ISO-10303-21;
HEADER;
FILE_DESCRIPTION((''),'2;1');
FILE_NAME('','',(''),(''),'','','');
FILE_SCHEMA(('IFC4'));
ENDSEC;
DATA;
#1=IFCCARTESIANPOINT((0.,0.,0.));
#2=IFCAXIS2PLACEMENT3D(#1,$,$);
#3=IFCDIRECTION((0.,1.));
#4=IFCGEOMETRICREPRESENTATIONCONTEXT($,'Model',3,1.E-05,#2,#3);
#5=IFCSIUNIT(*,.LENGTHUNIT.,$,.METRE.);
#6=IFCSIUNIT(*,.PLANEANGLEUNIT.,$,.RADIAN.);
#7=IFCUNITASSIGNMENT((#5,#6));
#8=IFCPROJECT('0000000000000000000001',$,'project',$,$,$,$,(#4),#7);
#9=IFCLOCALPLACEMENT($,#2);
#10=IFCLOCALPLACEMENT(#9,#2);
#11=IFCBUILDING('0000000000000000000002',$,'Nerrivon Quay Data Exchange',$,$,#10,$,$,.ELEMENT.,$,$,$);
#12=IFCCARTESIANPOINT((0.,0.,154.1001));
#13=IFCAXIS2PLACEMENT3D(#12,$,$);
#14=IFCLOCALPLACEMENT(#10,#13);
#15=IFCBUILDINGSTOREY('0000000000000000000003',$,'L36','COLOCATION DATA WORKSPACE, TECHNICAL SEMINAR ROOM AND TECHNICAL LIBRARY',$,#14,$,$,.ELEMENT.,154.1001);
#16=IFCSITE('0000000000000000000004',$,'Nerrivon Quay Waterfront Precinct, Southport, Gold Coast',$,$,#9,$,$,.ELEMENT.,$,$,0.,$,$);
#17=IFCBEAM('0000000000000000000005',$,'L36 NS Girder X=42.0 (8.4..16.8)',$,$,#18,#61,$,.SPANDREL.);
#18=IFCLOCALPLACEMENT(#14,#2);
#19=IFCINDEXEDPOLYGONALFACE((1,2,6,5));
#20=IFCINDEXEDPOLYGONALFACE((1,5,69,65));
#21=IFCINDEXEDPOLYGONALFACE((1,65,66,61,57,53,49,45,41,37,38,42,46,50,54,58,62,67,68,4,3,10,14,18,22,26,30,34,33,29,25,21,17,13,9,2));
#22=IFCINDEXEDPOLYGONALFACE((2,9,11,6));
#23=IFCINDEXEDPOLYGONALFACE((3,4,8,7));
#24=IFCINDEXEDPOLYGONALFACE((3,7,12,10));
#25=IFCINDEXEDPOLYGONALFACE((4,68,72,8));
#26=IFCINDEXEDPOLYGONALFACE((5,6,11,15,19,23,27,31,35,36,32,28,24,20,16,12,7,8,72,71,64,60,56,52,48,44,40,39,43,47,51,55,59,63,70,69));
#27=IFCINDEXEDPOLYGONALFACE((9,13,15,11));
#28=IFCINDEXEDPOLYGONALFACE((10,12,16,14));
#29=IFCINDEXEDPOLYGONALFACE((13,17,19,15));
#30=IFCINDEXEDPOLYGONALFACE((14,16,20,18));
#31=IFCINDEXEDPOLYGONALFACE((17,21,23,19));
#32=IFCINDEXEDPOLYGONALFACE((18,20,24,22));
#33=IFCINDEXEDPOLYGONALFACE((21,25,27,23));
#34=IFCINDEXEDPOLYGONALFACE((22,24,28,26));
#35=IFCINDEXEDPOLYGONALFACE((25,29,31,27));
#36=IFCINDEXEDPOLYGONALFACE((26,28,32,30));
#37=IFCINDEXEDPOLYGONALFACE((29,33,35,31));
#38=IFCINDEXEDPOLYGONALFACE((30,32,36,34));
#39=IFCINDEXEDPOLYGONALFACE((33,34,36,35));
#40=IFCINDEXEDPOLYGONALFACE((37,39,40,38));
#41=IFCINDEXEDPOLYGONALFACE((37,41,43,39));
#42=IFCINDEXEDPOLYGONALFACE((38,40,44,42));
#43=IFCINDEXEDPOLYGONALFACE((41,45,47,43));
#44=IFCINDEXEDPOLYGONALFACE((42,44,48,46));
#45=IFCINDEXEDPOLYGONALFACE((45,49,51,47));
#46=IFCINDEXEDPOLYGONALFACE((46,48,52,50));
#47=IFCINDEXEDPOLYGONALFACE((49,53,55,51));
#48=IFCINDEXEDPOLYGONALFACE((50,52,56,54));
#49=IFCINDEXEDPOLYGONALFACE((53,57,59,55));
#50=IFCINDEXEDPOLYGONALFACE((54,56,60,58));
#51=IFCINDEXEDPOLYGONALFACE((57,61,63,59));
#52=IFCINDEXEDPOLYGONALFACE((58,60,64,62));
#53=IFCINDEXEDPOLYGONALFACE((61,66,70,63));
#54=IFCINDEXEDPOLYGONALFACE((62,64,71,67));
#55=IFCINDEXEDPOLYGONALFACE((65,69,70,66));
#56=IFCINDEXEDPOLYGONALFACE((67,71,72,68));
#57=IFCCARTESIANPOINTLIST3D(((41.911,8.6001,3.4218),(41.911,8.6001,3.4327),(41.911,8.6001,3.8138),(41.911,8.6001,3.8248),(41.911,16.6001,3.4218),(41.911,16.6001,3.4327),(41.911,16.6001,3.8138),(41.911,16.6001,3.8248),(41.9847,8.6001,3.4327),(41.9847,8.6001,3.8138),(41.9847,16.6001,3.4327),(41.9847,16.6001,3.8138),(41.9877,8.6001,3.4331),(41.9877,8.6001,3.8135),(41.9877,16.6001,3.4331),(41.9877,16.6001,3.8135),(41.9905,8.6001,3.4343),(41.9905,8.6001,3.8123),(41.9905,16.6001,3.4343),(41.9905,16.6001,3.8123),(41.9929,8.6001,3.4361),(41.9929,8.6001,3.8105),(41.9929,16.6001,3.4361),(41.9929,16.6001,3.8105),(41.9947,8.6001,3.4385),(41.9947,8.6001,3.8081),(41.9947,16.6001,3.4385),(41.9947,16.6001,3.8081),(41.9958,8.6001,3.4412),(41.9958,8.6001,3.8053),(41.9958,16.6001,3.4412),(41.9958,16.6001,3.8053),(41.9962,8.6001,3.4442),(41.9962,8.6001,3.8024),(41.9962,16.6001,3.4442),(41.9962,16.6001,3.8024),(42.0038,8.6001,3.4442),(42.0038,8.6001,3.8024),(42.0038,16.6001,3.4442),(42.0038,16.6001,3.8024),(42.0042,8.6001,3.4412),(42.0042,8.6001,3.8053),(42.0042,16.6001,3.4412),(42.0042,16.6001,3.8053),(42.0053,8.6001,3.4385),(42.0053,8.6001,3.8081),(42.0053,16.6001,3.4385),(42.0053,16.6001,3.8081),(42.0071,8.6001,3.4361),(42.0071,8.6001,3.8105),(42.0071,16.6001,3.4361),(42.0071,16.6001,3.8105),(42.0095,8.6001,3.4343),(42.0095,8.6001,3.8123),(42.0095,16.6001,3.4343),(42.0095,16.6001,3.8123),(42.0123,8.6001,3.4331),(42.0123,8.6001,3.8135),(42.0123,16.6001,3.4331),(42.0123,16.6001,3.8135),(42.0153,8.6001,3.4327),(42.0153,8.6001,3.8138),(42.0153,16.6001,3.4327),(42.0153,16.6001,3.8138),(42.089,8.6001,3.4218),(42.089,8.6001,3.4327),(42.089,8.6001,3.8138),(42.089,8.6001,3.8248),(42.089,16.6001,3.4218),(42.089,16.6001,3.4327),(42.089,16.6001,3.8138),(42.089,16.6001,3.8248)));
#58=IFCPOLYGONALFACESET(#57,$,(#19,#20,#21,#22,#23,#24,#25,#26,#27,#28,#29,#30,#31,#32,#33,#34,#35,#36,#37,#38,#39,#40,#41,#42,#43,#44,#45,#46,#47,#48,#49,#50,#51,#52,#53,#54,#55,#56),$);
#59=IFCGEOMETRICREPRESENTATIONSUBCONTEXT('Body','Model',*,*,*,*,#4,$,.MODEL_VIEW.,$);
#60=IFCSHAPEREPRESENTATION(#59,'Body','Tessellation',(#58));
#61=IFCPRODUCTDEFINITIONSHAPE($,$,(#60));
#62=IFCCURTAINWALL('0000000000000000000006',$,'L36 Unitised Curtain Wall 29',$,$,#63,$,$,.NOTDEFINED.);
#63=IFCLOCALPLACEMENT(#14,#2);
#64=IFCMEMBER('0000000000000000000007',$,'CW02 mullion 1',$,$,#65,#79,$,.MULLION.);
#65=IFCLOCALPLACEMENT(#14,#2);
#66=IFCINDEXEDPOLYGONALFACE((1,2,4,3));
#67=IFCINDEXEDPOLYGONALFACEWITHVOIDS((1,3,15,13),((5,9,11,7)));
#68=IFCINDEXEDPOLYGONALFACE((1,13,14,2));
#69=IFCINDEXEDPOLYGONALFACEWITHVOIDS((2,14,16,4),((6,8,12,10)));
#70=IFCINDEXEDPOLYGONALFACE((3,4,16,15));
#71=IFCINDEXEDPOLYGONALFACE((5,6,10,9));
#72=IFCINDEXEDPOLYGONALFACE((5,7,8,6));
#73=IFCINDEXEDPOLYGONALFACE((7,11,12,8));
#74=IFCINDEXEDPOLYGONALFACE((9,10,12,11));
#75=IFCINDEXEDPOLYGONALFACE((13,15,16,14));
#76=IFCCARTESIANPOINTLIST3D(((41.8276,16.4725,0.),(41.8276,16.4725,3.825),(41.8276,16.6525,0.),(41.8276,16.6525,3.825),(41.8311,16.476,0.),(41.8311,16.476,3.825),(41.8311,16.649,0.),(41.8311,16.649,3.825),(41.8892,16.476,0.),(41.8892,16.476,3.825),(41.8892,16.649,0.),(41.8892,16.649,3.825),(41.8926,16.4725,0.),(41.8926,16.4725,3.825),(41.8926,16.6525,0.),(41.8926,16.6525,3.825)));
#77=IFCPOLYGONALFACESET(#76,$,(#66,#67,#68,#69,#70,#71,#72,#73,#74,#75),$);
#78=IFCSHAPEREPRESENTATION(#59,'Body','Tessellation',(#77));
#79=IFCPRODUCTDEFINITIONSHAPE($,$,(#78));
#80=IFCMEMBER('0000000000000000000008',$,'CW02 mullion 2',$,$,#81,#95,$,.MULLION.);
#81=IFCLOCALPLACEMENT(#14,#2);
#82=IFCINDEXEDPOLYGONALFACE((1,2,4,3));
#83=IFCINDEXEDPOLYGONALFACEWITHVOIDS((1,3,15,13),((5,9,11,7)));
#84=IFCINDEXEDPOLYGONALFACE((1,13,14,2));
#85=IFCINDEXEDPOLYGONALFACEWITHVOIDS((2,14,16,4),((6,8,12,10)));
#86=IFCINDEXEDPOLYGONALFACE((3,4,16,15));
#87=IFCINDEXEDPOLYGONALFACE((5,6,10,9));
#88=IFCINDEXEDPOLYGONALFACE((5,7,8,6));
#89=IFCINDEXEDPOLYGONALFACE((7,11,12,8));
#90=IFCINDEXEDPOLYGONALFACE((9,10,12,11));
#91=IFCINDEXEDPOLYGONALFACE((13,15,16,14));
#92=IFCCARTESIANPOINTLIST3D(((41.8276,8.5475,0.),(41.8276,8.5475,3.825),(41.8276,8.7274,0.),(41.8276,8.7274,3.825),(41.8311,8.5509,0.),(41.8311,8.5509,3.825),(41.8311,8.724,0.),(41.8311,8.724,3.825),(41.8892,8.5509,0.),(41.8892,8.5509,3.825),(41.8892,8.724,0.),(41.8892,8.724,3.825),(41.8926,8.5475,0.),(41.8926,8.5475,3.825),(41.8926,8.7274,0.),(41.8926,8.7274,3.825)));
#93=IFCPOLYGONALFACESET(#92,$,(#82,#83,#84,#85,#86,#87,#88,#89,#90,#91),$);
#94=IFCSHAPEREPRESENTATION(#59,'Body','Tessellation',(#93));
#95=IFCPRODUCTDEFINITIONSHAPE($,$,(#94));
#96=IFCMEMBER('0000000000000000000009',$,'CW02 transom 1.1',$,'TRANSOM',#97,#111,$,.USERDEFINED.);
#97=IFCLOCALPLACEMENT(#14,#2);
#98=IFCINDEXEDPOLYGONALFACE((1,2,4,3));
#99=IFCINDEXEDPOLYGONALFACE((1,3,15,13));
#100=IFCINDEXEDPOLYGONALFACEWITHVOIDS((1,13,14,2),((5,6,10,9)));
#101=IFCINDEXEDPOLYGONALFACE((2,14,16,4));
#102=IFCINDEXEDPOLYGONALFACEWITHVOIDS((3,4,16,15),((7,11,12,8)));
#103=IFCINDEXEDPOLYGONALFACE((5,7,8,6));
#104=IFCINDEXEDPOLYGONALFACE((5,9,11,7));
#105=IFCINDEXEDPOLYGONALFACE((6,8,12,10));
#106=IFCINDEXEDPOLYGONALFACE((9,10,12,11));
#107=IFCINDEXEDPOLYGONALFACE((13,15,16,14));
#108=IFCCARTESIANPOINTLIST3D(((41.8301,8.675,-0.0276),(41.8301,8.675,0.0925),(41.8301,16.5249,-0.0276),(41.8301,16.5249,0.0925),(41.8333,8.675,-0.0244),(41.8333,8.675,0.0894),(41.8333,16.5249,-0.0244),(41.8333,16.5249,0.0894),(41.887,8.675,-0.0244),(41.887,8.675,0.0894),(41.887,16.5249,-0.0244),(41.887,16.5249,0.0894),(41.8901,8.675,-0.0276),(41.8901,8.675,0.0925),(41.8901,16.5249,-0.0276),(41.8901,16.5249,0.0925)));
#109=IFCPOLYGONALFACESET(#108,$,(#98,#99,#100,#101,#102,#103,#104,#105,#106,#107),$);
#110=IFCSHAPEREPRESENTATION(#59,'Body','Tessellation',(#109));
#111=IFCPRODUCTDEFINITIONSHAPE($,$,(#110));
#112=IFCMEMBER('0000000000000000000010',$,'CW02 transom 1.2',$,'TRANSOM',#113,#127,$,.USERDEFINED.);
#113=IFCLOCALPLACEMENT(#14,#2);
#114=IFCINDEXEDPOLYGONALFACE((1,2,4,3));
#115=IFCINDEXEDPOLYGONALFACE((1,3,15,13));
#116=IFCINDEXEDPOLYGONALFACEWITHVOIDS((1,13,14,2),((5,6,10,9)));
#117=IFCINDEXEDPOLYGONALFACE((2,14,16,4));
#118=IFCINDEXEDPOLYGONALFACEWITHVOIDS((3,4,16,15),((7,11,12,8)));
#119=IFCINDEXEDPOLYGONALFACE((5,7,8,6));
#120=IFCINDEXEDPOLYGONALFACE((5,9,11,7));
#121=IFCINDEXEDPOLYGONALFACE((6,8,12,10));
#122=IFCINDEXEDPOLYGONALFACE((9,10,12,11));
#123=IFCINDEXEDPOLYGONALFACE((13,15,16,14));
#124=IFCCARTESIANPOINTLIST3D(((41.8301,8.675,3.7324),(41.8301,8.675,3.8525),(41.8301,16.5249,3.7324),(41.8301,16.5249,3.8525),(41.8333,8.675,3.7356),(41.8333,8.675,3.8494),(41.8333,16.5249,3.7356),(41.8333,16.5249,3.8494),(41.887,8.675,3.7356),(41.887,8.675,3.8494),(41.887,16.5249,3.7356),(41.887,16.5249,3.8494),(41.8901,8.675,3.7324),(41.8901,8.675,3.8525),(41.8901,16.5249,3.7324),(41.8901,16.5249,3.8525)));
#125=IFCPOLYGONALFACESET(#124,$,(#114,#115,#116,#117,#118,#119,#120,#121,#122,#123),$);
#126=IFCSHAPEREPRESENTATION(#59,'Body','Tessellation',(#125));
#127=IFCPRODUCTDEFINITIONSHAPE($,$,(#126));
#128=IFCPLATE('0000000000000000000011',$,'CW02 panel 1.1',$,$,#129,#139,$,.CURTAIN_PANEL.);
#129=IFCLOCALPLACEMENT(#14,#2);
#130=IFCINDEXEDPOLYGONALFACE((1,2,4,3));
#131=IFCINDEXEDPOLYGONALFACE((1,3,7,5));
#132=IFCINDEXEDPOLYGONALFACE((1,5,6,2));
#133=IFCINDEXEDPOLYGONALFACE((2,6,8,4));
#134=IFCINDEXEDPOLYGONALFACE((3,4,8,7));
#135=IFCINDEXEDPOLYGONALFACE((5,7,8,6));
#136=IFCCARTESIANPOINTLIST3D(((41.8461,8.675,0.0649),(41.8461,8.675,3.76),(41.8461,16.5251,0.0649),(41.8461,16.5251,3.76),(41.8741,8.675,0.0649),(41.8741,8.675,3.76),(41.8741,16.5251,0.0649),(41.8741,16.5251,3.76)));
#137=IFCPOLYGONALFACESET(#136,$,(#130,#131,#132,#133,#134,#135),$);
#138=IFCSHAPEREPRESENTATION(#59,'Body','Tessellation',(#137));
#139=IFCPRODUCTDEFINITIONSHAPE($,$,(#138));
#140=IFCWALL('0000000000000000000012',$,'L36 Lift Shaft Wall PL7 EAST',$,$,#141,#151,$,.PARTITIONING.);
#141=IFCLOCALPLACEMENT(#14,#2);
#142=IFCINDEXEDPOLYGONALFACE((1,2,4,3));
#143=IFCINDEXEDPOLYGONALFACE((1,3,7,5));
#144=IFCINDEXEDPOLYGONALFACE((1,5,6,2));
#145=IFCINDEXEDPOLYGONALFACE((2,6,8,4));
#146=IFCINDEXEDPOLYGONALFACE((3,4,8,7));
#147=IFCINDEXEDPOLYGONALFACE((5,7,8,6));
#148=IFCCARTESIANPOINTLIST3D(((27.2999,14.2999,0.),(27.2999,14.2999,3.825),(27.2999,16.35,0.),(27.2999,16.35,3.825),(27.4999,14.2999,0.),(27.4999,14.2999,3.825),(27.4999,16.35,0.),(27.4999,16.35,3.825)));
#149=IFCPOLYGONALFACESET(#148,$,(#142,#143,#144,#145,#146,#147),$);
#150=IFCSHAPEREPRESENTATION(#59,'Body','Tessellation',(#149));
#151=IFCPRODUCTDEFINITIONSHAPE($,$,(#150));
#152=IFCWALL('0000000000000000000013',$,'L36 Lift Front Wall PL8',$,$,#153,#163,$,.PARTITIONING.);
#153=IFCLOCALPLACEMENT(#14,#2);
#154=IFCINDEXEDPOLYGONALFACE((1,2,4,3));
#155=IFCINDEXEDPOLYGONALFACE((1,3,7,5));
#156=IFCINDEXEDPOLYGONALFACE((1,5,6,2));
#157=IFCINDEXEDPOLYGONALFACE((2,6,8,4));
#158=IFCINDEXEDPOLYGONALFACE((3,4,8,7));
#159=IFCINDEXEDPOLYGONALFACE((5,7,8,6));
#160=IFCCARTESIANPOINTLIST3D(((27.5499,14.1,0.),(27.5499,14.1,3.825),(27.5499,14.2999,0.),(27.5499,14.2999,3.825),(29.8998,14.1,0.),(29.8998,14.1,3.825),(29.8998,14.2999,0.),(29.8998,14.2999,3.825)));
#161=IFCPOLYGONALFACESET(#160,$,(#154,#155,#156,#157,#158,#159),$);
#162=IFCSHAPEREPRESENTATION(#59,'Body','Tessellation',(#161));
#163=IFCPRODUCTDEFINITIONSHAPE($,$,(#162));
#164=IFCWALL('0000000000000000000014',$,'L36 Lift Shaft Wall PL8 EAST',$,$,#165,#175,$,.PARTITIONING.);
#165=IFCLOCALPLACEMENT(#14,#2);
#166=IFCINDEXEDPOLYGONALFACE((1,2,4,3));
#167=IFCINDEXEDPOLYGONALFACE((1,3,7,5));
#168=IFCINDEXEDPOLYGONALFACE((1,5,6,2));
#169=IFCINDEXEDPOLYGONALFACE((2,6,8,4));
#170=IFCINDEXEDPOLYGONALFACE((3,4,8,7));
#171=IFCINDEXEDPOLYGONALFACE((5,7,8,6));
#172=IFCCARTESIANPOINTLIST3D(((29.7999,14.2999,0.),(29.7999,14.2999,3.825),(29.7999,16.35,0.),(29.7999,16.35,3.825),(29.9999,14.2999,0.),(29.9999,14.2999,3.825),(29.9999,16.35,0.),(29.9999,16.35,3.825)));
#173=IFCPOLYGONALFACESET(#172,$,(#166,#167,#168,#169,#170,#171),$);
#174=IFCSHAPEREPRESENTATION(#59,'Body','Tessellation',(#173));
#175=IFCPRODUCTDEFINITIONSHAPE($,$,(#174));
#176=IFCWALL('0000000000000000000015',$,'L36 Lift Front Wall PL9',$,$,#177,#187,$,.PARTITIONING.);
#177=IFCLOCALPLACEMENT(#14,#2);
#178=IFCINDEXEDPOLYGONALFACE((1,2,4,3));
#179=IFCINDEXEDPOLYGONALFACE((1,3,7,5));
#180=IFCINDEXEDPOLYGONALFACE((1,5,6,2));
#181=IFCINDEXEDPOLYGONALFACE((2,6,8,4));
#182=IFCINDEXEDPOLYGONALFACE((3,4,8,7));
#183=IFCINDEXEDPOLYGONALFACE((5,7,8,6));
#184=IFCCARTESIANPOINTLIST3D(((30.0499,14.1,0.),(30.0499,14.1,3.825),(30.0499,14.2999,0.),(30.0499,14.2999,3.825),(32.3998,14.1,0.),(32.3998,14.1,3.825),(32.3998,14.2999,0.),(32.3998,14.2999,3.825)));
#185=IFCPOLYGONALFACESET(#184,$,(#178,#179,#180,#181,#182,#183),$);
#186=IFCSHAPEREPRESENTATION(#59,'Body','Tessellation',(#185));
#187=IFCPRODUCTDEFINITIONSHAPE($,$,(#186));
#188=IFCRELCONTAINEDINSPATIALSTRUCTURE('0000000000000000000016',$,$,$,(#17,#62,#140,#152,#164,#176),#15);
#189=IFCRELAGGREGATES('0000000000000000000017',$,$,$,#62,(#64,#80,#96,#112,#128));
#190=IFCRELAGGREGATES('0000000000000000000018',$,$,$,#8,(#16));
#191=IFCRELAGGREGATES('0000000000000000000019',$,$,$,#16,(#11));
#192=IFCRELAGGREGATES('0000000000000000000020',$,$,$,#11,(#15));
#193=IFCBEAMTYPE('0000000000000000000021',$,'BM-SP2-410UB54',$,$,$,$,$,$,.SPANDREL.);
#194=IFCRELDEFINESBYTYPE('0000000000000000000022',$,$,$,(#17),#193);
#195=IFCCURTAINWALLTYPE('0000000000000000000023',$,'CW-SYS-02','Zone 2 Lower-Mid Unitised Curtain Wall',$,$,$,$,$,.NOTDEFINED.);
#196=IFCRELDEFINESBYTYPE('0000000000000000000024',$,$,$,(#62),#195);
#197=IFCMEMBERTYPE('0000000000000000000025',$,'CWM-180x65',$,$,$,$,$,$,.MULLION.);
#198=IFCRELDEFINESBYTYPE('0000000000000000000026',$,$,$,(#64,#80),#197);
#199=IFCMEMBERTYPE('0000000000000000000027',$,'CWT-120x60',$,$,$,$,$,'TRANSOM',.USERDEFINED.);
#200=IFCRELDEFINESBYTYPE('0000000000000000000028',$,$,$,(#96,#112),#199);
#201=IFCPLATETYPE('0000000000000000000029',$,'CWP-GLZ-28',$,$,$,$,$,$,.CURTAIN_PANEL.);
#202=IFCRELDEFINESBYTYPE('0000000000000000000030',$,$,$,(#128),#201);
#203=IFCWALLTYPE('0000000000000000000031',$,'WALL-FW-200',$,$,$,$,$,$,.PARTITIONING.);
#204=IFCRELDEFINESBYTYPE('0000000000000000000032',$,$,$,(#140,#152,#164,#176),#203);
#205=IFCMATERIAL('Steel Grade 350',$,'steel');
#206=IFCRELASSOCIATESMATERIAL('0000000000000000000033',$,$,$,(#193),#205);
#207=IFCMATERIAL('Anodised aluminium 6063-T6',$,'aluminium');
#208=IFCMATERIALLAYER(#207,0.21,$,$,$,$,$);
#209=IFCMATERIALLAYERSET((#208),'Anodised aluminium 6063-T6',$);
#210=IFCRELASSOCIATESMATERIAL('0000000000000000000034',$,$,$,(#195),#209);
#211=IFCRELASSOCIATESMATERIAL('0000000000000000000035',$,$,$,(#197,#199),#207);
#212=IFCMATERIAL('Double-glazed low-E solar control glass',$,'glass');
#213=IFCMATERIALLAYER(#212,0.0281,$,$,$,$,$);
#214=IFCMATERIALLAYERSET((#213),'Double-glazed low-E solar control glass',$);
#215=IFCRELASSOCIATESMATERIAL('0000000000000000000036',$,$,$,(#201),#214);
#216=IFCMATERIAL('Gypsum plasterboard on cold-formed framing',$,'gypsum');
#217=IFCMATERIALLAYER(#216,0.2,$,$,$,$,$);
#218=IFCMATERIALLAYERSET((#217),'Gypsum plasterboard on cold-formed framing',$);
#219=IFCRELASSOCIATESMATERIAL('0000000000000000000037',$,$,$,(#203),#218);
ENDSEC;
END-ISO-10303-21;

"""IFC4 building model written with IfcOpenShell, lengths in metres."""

from ifc_helpers import new_model, si_unit, direction, frame, frame_2d, origin, origin_2d, place, context, subcontext, project, spatial, rectangle, hollow_rectangle, i_section, extrude, material, layer, layer_set, material_profile, profile_set, type_object, element, aggregate, save


model = new_model("IFC4")

# Units and contexts
model_context = context("Model", 3, precision=1e-05, world=origin(), true_north=direction((0.0, 1.0)))
body_context = subcontext(model_context, "Body", "Model", "MODEL_VIEW")
ifc_project = project(units=[si_unit("LENGTHUNIT", "METRE"), si_unit("PLANEANGLEUNIT", "RADIAN")], contexts=[model_context])

# Site, building, storey
site_placement = place(None, origin())
site = spatial("IfcSite", under=ifc_project, at=site_placement, Name="Nerrivon Quay Waterfront Precinct, Southport, Gold Coast", CompositionType="ELEMENT", RefElevation=0.0)
building_placement = place(site_placement, origin())
building = spatial("IfcBuilding", under=site, at=building_placement, Name="Nerrivon Quay Data Exchange", CompositionType="ELEMENT")
storey_placement = place(building_placement, frame((0.0, 0.0, 154.1001)))
storey = spatial("IfcBuildingStorey", under=building, at=storey_placement, Name="L36", Description="COLOCATION DATA WORKSPACE, TECHNICAL SEMINAR ROOM AND TECHNICAL LIBRARY", CompositionType="ELEMENT", Elevation=154.1001)

# Shared definitions
ifc_material_1 = material(Name="Steel Grade 350", Category="steel")

# Beam
ifc_material_profile_1 = material_profile(ifc_material_1, i_section(OverallWidth=0.178, OverallDepth=0.4031, WebThickness=0.0076, FlangeThickness=0.011, FilletRadius=0.0115, at=origin_2d()), Name="410UB53.7")
ifc_profile_set_1 = profile_set([ifc_material_profile_1], Name="Steel Grade 350")
beam_type_1 = type_object("IfcBeamType", Name="BM-SP2-410UB54", PredefinedType="SPANDREL", material=ifc_profile_set_1)
beam_1_placement = place(storey_placement, frame((42.0, 8.6001, 3.6233), z_axis=(0.0, 1.0, 0.0), x_axis=(-1.0, 0.0, 0.0)))
element("IfcBeam", 1, at=beam_1_placement, inside=storey, type_object=beam_type_1, Name="L36 NS Girder X=42.0 (8.4..16.8)", PredefinedType="SPANDREL", context=body_context, shape_type="SweptSolid", body=[
    extrude(i_section(OverallWidth=0.178, OverallDepth=0.4031, WebThickness=0.0076, FlangeThickness=0.011, FilletRadius=0.0115, at=origin_2d()), origin(), (0.0, 0.0, 1.0), 8.0),
])

# Curtain wall, members, plate
ifc_material_2 = material(Name="Anodised aluminium 6063-T6", Category="aluminium")
ifc_layer_1 = layer(ifc_material_2, 0.21)
ifc_layer_set_1 = layer_set([ifc_layer_1], Name="Anodised aluminium 6063-T6")
curtain_wall_type = type_object("IfcCurtainWallType", Name="CW-SYS-02", Description="Zone 2 Lower-Mid Unitised Curtain Wall", PredefinedType="NOTDEFINED", material=ifc_layer_set_1)
curtain_wall_placement = place(storey_placement, origin())
curtain_wall = element("IfcCurtainWall", 2, at=curtain_wall_placement, inside=storey, type_object=curtain_wall_type, Name="L36 Unitised Curtain Wall 29", PredefinedType="NOTDEFINED")
ifc_material_profile_2 = material_profile(ifc_material_2, hollow_rectangle(XDim=0.0649, YDim=0.1799, WallThickness=0.0034, at=origin_2d()), Name="ALU-MULL-180x65")
ifc_profile_set_2 = profile_set([ifc_material_profile_2], Name="Anodised aluminium 6063-T6")
member_type_1 = type_object("IfcMemberType", Name="CWM-180x65", PredefinedType="MULLION", material=ifc_profile_set_2)
member_1_placement = place(storey_placement, frame((41.8601, 16.5625, 0.0), z_axis=(0.0, 0.0, 1.0), x_axis=(1.0, 0.0, 0.0)))
member_1 = element("IfcMember", 3, at=member_1_placement, type_object=member_type_1, Name="CW02 mullion 1", PredefinedType="MULLION", context=body_context, shape_type="SweptSolid", body=[
    extrude(hollow_rectangle(XDim=0.0649, YDim=0.1799, WallThickness=0.0034, at=origin_2d()), origin(), (0.0, 0.0, 1.0), 3.825),
])
member_2_placement = place(storey_placement, frame((41.8601, 8.6375, 0.0), z_axis=(0.0, 0.0, 1.0), x_axis=(1.0, 0.0, 0.0)))
member_2 = element("IfcMember", 4, at=member_2_placement, type_object=member_type_1, Name="CW02 mullion 2", PredefinedType="MULLION", context=body_context, shape_type="SweptSolid", body=[
    extrude(hollow_rectangle(XDim=0.0649, YDim=0.1799, WallThickness=0.0034, at=origin_2d()), origin(), (0.0, 0.0, 1.0), 3.825),
])
ifc_material_profile_3 = material_profile(ifc_material_2, hollow_rectangle(XDim=0.0601, YDim=0.1201, WallThickness=0.0032, at=origin_2d()), Name="ALU-TRAN-120x60")
ifc_profile_set_3 = profile_set([ifc_material_profile_3], Name="Anodised aluminium 6063-T6")
member_type_2 = type_object("IfcMemberType", Name="CWT-120x60", ElementType="TRANSOM", PredefinedType="USERDEFINED", material=ifc_profile_set_3)
member_3_placement = place(storey_placement, frame((41.8601, 16.5249, 0.0325), z_axis=(0.0, -1.0, 0.0), x_axis=(1.0, 0.0, 0.0)))
member_3 = element("IfcMember", 5, at=member_3_placement, type_object=member_type_2, Name="CW02 transom 1.1", ObjectType="TRANSOM", PredefinedType="USERDEFINED", context=body_context, shape_type="SweptSolid", body=[
    extrude(hollow_rectangle(XDim=0.0601, YDim=0.1201, WallThickness=0.0032, at=origin_2d()), origin(), (0.0, 0.0, 1.0), 7.8499),
])
member_4_placement = place(storey_placement, frame((41.8601, 16.5249, 3.7925), z_axis=(0.0, -1.0, 0.0), x_axis=(1.0, 0.0, 0.0)))
member_4 = element("IfcMember", 6, at=member_4_placement, type_object=member_type_2, Name="CW02 transom 1.2", ObjectType="TRANSOM", PredefinedType="USERDEFINED", context=body_context, shape_type="SweptSolid", body=[
    extrude(hollow_rectangle(XDim=0.0601, YDim=0.1201, WallThickness=0.0032, at=origin_2d()), origin(), (0.0, 0.0, 1.0), 7.8499),
])
ifc_material_3 = material(Name="Double-glazed low-E solar control glass", Category="glass")
ifc_layer_2 = layer(ifc_material_3, 0.0281)
ifc_layer_set_2 = layer_set([ifc_layer_2], Name="Double-glazed low-E solar control glass")
plate_type = type_object("IfcPlateType", Name="CWP-GLZ-28", PredefinedType="CURTAIN_PANEL", material=ifc_layer_set_2)
plate_placement = place(storey_placement, frame((41.8601, 12.6001, 0.0649), z_axis=(0.0, 0.0, 1.0), x_axis=(0.0, -1.0, 0.0)))
plate = element("IfcPlate", 7, at=plate_placement, type_object=plate_type, Name="CW02 panel 1.1", PredefinedType="CURTAIN_PANEL", context=body_context, shape_type="SweptSolid", body=[
    extrude(rectangle(XDim=7.8501, YDim=0.0281, at=origin_2d()), origin(), (0.0, 0.0, 1.0), 3.6951),
])
aggregate(curtain_wall, [member_1, member_2, member_3, member_4, plate])

# Walls
ifc_material_4 = material(Name="Gypsum plasterboard on cold-formed framing", Category="gypsum")
ifc_layer_3 = layer(ifc_material_4, 0.2)
ifc_layer_set_3 = layer_set([ifc_layer_3], Name="Gypsum plasterboard on cold-formed framing")
wall_type_1 = type_object("IfcWallType", Name="WALL-FW-200", PredefinedType="PARTITIONING", material=ifc_layer_set_3)
wall_1_placement = place(storey_placement, frame((27.3999, 14.3, 0.0), z_axis=(0.0, 0.0, 1.0), x_axis=(0.0, 1.0, 0.0)))
element("IfcWall", 8, at=wall_1_placement, inside=storey, type_object=wall_type_1, Name="L36 Lift Shaft Wall PL7 EAST", PredefinedType="PARTITIONING", context=body_context, shape_type="SweptSolid", body=[
    extrude(rectangle(XDim=2.05, YDim=0.2, at=frame_2d((1.0249, 0.0))), origin(), (0.0, 0.0, 1.0), 3.825),
])
wall_2_placement = place(storey_placement, frame((27.55, 14.2, 0.0), z_axis=(0.0, 0.0, 1.0), x_axis=(1.0, 0.0, 0.0)))
element("IfcWall", 9, at=wall_2_placement, inside=storey, type_object=wall_type_1, Name="L36 Lift Front Wall PL8", PredefinedType="PARTITIONING", context=body_context, shape_type="SweptSolid", body=[
    extrude(rectangle(XDim=2.3499, YDim=0.2, at=frame_2d((1.1748, 0.0))), origin(), (0.0, 0.0, 1.0), 3.825),
])
wall_3_placement = place(storey_placement, frame((29.8999, 14.3, 0.0), z_axis=(0.0, 0.0, 1.0), x_axis=(0.0, 1.0, 0.0)))
element("IfcWall", 10, at=wall_3_placement, inside=storey, type_object=wall_type_1, Name="L36 Lift Shaft Wall PL8 EAST", PredefinedType="PARTITIONING", context=body_context, shape_type="SweptSolid", body=[
    extrude(rectangle(XDim=2.05, YDim=0.2, at=frame_2d((1.0249, 0.0))), origin(), (0.0, 0.0, 1.0), 3.825),
])
wall_4_placement = place(storey_placement, frame((30.05, 14.2, 0.0), z_axis=(0.0, 0.0, 1.0), x_axis=(1.0, 0.0, 0.0)))
element("IfcWall", 11, at=wall_4_placement, inside=storey, type_object=wall_type_1, Name="L36 Lift Front Wall PL9", PredefinedType="PARTITIONING", context=body_context, shape_type="SweptSolid", body=[
    extrude(rectangle(XDim=2.3499, YDim=0.2, at=frame_2d((1.1748, 0.0))), origin(), (0.0, 0.0, 1.0), 3.825),
])

save(model, "model.ifc")
